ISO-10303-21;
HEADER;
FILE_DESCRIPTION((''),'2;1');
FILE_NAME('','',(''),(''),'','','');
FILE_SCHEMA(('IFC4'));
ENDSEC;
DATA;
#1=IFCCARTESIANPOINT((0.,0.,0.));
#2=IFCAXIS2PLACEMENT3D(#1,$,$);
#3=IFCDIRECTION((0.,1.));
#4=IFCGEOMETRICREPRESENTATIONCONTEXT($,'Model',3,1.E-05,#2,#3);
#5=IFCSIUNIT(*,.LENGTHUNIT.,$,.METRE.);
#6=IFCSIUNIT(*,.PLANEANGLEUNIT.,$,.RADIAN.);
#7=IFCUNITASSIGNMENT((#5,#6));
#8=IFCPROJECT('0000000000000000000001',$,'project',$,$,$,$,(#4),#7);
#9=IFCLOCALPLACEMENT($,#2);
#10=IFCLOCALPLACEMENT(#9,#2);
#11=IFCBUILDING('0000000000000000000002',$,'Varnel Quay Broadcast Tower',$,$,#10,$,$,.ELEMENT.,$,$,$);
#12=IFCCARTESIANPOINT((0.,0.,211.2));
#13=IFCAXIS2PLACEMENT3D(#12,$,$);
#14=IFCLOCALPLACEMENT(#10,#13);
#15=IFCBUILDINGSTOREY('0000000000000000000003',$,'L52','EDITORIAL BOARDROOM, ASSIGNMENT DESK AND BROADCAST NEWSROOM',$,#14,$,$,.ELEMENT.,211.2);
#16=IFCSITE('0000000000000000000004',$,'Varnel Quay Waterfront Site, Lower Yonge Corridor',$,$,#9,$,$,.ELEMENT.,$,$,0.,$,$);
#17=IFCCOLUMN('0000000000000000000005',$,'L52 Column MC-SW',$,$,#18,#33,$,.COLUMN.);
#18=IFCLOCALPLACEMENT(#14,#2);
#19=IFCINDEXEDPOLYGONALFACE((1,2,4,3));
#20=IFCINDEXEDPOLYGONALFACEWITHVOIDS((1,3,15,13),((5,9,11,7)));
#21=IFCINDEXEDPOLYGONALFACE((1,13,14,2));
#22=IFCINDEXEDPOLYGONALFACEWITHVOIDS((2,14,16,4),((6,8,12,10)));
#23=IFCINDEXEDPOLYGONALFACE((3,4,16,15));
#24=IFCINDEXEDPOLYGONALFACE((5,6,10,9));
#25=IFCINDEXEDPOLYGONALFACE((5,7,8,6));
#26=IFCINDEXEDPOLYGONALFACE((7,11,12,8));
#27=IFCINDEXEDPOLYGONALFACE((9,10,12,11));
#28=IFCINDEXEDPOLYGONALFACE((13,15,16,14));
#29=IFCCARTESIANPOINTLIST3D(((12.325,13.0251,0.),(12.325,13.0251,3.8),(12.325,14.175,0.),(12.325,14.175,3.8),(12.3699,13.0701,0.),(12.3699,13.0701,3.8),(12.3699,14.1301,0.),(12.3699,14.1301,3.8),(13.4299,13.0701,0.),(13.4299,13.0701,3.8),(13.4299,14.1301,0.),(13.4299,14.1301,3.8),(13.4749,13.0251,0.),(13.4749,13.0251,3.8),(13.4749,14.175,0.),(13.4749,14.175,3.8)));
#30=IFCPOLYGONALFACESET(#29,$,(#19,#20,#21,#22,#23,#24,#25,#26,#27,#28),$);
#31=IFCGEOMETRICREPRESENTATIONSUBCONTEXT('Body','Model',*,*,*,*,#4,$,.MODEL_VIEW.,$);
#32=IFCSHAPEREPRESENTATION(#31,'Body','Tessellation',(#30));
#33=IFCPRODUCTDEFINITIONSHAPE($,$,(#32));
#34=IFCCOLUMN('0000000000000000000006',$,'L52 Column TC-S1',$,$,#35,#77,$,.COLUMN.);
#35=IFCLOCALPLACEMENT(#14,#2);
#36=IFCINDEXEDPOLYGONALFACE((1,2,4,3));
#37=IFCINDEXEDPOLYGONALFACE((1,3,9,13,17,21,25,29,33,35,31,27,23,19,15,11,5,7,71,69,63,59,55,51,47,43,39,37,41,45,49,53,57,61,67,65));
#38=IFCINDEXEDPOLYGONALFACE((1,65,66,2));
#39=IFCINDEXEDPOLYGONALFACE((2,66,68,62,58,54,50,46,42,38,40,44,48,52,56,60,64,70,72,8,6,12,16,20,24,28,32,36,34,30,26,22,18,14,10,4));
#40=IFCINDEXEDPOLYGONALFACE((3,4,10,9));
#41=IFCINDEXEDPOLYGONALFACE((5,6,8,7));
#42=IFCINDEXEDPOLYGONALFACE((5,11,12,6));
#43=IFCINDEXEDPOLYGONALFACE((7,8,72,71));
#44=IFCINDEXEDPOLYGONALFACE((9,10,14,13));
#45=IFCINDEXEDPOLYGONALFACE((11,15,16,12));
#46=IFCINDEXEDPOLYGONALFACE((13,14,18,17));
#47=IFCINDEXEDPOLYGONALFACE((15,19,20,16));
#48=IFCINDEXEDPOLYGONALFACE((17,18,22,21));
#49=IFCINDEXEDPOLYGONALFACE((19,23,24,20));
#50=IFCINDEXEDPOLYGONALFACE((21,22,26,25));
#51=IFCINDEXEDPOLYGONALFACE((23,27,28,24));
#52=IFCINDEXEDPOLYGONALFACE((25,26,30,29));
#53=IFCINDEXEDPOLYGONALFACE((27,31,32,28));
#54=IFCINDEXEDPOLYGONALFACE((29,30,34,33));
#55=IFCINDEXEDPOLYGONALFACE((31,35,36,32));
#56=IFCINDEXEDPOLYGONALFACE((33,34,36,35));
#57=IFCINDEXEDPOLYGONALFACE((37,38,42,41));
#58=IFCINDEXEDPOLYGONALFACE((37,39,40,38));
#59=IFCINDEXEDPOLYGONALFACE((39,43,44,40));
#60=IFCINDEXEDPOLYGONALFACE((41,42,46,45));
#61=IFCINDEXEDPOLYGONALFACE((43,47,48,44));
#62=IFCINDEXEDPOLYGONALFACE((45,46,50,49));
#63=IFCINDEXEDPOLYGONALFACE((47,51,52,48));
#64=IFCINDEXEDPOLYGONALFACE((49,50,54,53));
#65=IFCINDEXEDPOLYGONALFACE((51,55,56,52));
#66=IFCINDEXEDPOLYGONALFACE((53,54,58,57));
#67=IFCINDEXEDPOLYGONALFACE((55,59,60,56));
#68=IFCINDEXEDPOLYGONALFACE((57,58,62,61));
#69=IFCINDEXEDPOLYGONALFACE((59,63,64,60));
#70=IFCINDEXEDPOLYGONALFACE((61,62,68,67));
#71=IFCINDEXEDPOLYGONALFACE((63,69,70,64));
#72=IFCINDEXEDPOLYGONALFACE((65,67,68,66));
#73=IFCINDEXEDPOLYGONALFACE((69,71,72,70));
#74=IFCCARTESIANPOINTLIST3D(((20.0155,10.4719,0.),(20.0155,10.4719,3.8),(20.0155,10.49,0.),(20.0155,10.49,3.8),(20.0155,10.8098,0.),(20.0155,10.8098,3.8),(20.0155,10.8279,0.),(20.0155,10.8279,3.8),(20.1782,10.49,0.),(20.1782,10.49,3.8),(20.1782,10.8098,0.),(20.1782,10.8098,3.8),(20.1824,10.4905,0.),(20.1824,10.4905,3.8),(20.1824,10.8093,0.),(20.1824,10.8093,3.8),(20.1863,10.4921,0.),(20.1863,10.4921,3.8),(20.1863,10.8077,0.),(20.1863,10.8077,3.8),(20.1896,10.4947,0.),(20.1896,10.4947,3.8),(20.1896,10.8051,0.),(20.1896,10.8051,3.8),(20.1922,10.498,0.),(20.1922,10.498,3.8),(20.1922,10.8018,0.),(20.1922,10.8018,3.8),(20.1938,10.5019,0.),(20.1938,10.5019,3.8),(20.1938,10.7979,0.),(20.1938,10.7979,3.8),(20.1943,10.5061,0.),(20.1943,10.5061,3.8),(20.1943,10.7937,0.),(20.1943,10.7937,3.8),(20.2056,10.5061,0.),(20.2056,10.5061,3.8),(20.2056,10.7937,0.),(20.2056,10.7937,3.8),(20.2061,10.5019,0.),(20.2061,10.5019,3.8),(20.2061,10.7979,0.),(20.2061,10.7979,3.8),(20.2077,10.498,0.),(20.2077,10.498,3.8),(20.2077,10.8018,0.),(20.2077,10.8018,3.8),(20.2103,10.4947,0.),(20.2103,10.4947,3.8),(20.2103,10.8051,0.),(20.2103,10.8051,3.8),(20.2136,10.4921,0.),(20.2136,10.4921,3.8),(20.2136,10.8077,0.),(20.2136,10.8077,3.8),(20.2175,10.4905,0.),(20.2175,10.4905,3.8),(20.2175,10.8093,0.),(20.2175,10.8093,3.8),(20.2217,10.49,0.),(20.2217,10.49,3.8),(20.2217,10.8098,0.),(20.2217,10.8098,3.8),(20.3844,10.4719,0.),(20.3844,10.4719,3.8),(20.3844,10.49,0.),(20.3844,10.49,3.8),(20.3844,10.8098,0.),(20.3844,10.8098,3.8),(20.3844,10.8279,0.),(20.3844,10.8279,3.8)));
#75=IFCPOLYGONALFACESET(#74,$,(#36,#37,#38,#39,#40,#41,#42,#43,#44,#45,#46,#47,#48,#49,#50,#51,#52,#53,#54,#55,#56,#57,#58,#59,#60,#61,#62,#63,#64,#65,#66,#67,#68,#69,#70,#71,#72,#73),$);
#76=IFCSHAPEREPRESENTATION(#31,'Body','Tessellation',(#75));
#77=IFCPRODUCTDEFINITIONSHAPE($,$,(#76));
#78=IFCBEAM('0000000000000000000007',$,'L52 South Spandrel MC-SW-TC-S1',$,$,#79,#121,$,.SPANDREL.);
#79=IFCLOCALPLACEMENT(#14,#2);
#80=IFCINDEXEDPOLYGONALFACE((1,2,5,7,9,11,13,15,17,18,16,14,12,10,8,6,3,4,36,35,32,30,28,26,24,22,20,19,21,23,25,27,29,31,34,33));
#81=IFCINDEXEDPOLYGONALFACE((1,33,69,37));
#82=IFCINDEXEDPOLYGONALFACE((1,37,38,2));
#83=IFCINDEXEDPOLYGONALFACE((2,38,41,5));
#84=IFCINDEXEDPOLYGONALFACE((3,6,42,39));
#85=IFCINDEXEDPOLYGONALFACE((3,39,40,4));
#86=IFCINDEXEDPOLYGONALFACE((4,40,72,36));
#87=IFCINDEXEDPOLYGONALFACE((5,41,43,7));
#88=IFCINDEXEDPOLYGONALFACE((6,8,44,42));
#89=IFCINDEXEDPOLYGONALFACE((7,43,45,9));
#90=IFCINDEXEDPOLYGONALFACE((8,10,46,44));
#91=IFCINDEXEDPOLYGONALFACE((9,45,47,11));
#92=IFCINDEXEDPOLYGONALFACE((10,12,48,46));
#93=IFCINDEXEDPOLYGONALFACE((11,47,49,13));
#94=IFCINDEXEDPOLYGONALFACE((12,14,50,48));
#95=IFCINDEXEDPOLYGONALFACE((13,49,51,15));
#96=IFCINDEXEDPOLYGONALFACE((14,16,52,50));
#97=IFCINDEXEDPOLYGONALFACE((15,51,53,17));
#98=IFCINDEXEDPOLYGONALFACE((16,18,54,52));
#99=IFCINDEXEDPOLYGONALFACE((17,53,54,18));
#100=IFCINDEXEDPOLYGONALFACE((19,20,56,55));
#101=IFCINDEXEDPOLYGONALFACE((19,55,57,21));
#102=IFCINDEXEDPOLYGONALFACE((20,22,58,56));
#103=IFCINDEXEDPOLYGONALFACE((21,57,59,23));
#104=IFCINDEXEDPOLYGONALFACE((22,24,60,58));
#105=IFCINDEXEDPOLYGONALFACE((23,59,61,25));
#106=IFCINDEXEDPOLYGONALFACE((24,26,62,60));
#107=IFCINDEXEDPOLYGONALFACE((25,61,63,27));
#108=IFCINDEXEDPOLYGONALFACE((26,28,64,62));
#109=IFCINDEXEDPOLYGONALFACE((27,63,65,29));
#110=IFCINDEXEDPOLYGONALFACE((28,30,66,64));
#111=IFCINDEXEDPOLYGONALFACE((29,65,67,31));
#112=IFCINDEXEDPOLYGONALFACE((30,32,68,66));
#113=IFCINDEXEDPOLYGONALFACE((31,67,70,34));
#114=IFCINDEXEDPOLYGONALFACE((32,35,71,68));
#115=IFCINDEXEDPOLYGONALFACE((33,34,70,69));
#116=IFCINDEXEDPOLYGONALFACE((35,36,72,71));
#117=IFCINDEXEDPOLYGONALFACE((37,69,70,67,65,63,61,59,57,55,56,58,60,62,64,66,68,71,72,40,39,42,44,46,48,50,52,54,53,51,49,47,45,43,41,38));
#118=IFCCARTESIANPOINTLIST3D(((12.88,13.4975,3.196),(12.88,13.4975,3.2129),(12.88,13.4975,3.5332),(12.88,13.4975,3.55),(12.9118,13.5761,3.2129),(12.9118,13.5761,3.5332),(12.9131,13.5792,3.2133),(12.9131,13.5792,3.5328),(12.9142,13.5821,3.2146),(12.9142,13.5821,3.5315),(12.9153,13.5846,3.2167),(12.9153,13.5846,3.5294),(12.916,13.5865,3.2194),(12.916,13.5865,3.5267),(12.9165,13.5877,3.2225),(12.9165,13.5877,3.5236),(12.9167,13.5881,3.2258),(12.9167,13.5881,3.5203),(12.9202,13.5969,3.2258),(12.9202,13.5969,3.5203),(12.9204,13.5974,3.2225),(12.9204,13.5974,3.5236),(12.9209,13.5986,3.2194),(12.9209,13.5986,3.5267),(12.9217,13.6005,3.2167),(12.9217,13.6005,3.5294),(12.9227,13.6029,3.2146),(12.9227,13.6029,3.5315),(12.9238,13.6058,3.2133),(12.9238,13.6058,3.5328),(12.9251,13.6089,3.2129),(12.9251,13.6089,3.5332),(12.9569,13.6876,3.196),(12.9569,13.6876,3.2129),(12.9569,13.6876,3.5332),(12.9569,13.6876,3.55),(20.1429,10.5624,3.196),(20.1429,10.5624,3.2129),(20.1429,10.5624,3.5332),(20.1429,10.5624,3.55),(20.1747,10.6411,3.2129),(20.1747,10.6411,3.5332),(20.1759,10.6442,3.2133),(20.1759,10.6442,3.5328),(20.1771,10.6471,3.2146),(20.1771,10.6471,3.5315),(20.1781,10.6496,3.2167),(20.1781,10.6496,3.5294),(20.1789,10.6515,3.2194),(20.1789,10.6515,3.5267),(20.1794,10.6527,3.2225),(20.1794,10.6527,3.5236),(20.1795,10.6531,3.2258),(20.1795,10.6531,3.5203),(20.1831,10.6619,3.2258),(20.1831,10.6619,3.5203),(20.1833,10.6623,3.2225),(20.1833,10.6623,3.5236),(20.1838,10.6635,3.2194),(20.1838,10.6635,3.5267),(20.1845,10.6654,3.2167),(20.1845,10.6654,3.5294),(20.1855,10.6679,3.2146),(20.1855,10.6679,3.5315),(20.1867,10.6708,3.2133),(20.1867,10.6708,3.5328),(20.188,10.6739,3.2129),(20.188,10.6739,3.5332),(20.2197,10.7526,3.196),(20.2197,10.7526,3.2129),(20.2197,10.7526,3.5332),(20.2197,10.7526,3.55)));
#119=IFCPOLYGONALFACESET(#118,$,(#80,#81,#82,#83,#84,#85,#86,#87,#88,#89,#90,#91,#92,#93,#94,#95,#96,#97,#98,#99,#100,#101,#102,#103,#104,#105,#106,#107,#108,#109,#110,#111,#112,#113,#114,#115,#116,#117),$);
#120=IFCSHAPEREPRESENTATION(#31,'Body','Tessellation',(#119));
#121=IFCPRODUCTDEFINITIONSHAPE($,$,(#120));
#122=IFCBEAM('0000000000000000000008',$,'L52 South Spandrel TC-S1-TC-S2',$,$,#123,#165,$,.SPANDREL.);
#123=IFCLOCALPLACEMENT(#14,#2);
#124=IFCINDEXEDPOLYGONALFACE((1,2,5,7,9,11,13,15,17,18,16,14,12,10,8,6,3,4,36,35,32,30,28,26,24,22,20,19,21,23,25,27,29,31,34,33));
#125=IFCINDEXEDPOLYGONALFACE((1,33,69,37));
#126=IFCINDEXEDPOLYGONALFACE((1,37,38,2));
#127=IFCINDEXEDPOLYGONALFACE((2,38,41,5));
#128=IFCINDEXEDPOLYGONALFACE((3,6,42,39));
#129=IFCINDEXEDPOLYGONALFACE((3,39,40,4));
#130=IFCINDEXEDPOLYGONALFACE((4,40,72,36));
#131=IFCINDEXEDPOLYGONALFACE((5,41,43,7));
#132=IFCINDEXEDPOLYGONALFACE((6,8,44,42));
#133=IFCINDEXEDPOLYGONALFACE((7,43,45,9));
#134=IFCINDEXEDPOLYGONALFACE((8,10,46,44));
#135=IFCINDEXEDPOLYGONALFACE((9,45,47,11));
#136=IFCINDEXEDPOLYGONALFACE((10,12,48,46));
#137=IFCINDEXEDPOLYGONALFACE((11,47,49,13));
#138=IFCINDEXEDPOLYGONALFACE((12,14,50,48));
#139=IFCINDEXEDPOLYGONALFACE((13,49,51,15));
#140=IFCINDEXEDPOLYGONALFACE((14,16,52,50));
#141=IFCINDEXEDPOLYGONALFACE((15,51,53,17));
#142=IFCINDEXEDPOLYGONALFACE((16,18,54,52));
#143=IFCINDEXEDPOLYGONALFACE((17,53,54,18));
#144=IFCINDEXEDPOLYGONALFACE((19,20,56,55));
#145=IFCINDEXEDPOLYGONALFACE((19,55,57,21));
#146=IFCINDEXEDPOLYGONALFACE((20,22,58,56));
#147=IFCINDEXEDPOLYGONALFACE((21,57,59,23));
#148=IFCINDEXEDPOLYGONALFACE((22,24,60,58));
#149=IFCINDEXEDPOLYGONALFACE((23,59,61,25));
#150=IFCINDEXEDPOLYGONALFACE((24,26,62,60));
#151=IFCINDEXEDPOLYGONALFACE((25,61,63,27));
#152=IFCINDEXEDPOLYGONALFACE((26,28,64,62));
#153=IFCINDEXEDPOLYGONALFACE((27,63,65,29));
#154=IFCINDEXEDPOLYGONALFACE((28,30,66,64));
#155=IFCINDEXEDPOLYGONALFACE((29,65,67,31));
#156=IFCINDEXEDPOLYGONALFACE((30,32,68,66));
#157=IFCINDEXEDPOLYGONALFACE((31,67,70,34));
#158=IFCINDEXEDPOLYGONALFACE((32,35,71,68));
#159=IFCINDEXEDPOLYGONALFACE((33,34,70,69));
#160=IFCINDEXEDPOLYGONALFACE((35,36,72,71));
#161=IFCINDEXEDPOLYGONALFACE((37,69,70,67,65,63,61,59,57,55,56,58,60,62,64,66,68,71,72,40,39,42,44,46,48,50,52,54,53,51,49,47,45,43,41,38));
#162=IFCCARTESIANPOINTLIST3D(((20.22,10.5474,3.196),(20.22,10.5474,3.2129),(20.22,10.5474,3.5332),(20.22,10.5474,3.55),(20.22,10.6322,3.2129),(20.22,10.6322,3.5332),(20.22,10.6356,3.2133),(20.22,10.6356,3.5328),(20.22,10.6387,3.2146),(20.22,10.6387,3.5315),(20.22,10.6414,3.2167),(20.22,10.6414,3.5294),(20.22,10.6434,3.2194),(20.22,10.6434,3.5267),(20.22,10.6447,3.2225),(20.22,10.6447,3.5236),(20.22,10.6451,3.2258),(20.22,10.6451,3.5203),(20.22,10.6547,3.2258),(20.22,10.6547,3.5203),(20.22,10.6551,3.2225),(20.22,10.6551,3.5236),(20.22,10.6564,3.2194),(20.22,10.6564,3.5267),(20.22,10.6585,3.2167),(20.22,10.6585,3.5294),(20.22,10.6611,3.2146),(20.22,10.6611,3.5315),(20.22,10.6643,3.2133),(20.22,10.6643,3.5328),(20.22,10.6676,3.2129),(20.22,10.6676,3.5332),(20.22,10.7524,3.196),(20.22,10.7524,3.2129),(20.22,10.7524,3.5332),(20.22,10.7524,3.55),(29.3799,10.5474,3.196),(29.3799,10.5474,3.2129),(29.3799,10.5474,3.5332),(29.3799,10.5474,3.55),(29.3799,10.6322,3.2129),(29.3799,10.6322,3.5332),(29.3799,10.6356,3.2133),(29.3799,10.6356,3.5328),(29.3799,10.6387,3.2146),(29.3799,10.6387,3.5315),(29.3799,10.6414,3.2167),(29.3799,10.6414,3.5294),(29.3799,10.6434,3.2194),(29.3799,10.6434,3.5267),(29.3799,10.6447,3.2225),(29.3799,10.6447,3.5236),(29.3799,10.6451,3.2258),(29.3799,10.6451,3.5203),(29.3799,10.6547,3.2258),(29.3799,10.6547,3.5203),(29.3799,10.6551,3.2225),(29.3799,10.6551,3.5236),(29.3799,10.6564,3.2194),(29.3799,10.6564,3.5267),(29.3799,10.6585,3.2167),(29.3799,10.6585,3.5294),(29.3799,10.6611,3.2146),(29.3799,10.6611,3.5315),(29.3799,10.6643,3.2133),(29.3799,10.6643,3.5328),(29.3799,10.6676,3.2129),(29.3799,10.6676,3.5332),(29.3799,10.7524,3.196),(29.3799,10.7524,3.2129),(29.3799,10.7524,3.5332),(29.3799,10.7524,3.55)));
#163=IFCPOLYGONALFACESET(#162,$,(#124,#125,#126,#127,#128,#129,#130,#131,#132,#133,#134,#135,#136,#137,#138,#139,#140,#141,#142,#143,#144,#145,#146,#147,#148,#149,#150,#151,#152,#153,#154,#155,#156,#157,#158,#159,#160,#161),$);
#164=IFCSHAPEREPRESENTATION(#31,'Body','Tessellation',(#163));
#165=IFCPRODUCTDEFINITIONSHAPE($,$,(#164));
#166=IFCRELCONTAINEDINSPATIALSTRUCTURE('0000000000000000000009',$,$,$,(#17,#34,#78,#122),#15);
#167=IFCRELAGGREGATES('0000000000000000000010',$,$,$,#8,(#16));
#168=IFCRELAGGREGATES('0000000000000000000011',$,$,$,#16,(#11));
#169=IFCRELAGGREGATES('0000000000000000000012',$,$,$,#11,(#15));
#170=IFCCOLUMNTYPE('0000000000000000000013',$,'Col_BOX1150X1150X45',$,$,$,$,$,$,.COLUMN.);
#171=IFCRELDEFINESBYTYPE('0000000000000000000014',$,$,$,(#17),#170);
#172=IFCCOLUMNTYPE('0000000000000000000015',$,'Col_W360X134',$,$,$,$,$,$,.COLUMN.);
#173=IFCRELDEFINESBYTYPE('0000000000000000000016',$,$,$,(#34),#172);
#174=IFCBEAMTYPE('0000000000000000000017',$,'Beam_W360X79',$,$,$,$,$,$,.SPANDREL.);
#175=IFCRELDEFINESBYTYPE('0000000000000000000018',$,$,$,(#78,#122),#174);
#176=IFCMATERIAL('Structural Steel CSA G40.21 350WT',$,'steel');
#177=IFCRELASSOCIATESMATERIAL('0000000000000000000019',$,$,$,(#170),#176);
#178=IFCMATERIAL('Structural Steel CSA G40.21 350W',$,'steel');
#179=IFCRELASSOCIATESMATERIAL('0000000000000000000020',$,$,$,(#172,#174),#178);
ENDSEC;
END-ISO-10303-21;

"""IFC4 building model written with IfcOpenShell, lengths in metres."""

from ifc_helpers import new_model, si_unit, direction, frame, origin, origin_2d, place, context, subcontext, project, spatial, hollow_rectangle, i_section, extrude, source, transform, mapped, material, material_profile, profile_set, type_object, type_shapes, element, save


model = new_model("IFC4")

# Units and contexts
model_context = context("Model", 3, precision=1e-05, world=origin(), true_north=direction((0.0, 1.0)))
body_context = subcontext(model_context, "Body", "Model", "MODEL_VIEW")
ifc_project = project(units=[si_unit("LENGTHUNIT", "METRE"), si_unit("PLANEANGLEUNIT", "RADIAN")], contexts=[model_context])

# Site, building, storey
site_placement = place(None, origin())
site = spatial("IfcSite", under=ifc_project, at=site_placement, Name="Varnel Quay Waterfront Site, Lower Yonge Corridor", CompositionType="ELEMENT", RefElevation=0.0)
building_placement = place(site_placement, origin())
building = spatial("IfcBuilding", under=site, at=building_placement, Name="Varnel Quay Broadcast Tower", CompositionType="ELEMENT")
storey_placement = place(building_placement, frame((0.0, 0.0, 211.2)))
storey = spatial("IfcBuildingStorey", under=building, at=storey_placement, Name="L52", Description="EDITORIAL BOARDROOM, ASSIGNMENT DESK AND BROADCAST NEWSROOM", CompositionType="ELEMENT", Elevation=211.2)

# Columns
ifc_material_1 = material(Name="Structural Steel CSA G40.21 350WT", Category="steel")
ifc_material_profile_1 = material_profile(ifc_material_1, hollow_rectangle(XDim=1.1499, YDim=1.1499, WallThickness=0.0449, at=origin_2d()), Name="BOX1150X1150X45")
ifc_profile_set_1 = profile_set([ifc_material_profile_1], Name="Structural Steel CSA G40.21 350WT")
column_type_1 = type_object("IfcColumnType", Name="Col_BOX1150X1150X45", PredefinedType="COLUMN", material=ifc_profile_set_1)
shared_shape_1 = source(origin(), body_context, "Body", "SweptSolid", [
    extrude(hollow_rectangle(XDim=1.1499, YDim=1.1499, WallThickness=0.0449, at=origin_2d()), origin(), (0.0, 0.0, 1.0), 3.8),
])
type_shapes(column_type_1, [shared_shape_1])
column_1_placement = place(storey_placement, frame((12.8999, 13.6001, 0.0), z_axis=(0.0, 0.0, 1.0), x_axis=(1.0, 0.0, 0.0)))
element("IfcColumn", 1, at=column_1_placement, inside=storey, type_object=column_type_1, Name="L52 Column MC-SW", PredefinedType="COLUMN", context=body_context, shape_type="MappedRepresentation", body=[
    mapped(shared_shape_1, transform((0.0, 0.0, 0.0), x_axis=(1.0, 0.0, 0.0), y_axis=(0.0, 1.0, 0.0), z_axis=(0.0, 0.0, 1.0), scale=1.0)),
])
ifc_material_2 = material(Name="Structural Steel CSA G40.21 350W", Category="steel")
ifc_material_profile_2 = material_profile(ifc_material_2, i_section(OverallWidth=0.3689, OverallDepth=0.356, WebThickness=0.0112, FlangeThickness=0.0181, FilletRadius=0.0161, at=origin_2d()), Name="W360X134")
ifc_profile_set_2 = profile_set([ifc_material_profile_2], Name="Structural Steel CSA G40.21 350W")
column_type_2 = type_object("IfcColumnType", Name="Col_W360X134", PredefinedType="COLUMN", material=ifc_profile_set_2)
shared_shape_2 = source(origin(), body_context, "Body", "SweptSolid", [
    extrude(i_section(OverallWidth=0.3689, OverallDepth=0.356, WebThickness=0.0112, FlangeThickness=0.0181, FilletRadius=0.0161, at=origin_2d()), origin(), (0.0, 0.0, 1.0), 3.8),
])
type_shapes(column_type_2, [shared_shape_2])
column_2_placement = place(storey_placement, frame((20.2, 10.6499, 0.0), z_axis=(0.0, 0.0, 1.0), x_axis=(1.0, 0.0, 0.0)))
element("IfcColumn", 2, at=column_2_placement, inside=storey, type_object=column_type_2, Name="L52 Column TC-S1", PredefinedType="COLUMN", context=body_context, shape_type="MappedRepresentation", body=[
    mapped(shared_shape_2, transform((0.0, 0.0, 0.0), x_axis=(1.0, 0.0, 0.0), y_axis=(0.0, 1.0, 0.0), z_axis=(0.0, 0.0, 1.0), scale=1.0)),
])

# Beams
ifc_material_profile_3 = material_profile(ifc_material_2, i_section(OverallWidth=0.2051, OverallDepth=0.354, WebThickness=0.0095, FlangeThickness=0.0168, FilletRadius=0.0129, at=origin_2d()), Name="W360X79")
ifc_profile_set_3 = profile_set([ifc_material_profile_3], Name="Structural Steel CSA G40.21 350W")
beam_type_1 = type_object("IfcBeamType", Name="Beam_W360X79", PredefinedType="SPANDREL", material=ifc_profile_set_3)
shared_shape_3 = source(origin(), body_context, "Body", "SweptSolid", [
    extrude(i_section(OverallWidth=0.2051, OverallDepth=0.354, WebThickness=0.0095, FlangeThickness=0.0168, FilletRadius=0.0129, at=origin_2d()), origin(), (0.0, 0.0, 1.0), 7.8335),
])
beam_1_placement = place(storey_placement, frame((12.9185, 13.5925, 3.373), z_axis=(0.927155, -0.374677, 0.0), x_axis=(0.374677, 0.927155, 0.0)))
element("IfcBeam", 3, at=beam_1_placement, inside=storey, type_object=beam_type_1, Name="L52 South Spandrel MC-SW-TC-S1", PredefinedType="SPANDREL", context=body_context, shape_type="MappedRepresentation", body=[
    mapped(shared_shape_3, transform((0.0, 0.0, 0.0), x_axis=(1.0, 0.0, 0.0), y_axis=(0.0, 1.0, 0.0), z_axis=(0.0, 0.0, 1.0), scale=1.0)),
])
shared_shape_4 = source(origin(), body_context, "Body", "SweptSolid", [
    extrude(i_section(OverallWidth=0.2051, OverallDepth=0.354, WebThickness=0.0095, FlangeThickness=0.0168, FilletRadius=0.0129, at=origin_2d()), origin(), (0.0, 0.0, 1.0), 9.1599),
])
beam_2_placement = place(storey_placement, frame((20.22, 10.6499, 3.373), z_axis=(1.0, 0.0, 0.0), x_axis=(0.0, 1.0, 0.0)))
element("IfcBeam", 4, at=beam_2_placement, inside=storey, type_object=beam_type_1, Name="L52 South Spandrel TC-S1-TC-S2", PredefinedType="SPANDREL", context=body_context, shape_type="MappedRepresentation", body=[
    mapped(shared_shape_4, transform((0.0, 0.0, 0.0), x_axis=(1.0, 0.0, 0.0), y_axis=(0.0, 1.0, 0.0), z_axis=(0.0, 0.0, 1.0), scale=1.0)),
])

save(model, "model.ifc")
